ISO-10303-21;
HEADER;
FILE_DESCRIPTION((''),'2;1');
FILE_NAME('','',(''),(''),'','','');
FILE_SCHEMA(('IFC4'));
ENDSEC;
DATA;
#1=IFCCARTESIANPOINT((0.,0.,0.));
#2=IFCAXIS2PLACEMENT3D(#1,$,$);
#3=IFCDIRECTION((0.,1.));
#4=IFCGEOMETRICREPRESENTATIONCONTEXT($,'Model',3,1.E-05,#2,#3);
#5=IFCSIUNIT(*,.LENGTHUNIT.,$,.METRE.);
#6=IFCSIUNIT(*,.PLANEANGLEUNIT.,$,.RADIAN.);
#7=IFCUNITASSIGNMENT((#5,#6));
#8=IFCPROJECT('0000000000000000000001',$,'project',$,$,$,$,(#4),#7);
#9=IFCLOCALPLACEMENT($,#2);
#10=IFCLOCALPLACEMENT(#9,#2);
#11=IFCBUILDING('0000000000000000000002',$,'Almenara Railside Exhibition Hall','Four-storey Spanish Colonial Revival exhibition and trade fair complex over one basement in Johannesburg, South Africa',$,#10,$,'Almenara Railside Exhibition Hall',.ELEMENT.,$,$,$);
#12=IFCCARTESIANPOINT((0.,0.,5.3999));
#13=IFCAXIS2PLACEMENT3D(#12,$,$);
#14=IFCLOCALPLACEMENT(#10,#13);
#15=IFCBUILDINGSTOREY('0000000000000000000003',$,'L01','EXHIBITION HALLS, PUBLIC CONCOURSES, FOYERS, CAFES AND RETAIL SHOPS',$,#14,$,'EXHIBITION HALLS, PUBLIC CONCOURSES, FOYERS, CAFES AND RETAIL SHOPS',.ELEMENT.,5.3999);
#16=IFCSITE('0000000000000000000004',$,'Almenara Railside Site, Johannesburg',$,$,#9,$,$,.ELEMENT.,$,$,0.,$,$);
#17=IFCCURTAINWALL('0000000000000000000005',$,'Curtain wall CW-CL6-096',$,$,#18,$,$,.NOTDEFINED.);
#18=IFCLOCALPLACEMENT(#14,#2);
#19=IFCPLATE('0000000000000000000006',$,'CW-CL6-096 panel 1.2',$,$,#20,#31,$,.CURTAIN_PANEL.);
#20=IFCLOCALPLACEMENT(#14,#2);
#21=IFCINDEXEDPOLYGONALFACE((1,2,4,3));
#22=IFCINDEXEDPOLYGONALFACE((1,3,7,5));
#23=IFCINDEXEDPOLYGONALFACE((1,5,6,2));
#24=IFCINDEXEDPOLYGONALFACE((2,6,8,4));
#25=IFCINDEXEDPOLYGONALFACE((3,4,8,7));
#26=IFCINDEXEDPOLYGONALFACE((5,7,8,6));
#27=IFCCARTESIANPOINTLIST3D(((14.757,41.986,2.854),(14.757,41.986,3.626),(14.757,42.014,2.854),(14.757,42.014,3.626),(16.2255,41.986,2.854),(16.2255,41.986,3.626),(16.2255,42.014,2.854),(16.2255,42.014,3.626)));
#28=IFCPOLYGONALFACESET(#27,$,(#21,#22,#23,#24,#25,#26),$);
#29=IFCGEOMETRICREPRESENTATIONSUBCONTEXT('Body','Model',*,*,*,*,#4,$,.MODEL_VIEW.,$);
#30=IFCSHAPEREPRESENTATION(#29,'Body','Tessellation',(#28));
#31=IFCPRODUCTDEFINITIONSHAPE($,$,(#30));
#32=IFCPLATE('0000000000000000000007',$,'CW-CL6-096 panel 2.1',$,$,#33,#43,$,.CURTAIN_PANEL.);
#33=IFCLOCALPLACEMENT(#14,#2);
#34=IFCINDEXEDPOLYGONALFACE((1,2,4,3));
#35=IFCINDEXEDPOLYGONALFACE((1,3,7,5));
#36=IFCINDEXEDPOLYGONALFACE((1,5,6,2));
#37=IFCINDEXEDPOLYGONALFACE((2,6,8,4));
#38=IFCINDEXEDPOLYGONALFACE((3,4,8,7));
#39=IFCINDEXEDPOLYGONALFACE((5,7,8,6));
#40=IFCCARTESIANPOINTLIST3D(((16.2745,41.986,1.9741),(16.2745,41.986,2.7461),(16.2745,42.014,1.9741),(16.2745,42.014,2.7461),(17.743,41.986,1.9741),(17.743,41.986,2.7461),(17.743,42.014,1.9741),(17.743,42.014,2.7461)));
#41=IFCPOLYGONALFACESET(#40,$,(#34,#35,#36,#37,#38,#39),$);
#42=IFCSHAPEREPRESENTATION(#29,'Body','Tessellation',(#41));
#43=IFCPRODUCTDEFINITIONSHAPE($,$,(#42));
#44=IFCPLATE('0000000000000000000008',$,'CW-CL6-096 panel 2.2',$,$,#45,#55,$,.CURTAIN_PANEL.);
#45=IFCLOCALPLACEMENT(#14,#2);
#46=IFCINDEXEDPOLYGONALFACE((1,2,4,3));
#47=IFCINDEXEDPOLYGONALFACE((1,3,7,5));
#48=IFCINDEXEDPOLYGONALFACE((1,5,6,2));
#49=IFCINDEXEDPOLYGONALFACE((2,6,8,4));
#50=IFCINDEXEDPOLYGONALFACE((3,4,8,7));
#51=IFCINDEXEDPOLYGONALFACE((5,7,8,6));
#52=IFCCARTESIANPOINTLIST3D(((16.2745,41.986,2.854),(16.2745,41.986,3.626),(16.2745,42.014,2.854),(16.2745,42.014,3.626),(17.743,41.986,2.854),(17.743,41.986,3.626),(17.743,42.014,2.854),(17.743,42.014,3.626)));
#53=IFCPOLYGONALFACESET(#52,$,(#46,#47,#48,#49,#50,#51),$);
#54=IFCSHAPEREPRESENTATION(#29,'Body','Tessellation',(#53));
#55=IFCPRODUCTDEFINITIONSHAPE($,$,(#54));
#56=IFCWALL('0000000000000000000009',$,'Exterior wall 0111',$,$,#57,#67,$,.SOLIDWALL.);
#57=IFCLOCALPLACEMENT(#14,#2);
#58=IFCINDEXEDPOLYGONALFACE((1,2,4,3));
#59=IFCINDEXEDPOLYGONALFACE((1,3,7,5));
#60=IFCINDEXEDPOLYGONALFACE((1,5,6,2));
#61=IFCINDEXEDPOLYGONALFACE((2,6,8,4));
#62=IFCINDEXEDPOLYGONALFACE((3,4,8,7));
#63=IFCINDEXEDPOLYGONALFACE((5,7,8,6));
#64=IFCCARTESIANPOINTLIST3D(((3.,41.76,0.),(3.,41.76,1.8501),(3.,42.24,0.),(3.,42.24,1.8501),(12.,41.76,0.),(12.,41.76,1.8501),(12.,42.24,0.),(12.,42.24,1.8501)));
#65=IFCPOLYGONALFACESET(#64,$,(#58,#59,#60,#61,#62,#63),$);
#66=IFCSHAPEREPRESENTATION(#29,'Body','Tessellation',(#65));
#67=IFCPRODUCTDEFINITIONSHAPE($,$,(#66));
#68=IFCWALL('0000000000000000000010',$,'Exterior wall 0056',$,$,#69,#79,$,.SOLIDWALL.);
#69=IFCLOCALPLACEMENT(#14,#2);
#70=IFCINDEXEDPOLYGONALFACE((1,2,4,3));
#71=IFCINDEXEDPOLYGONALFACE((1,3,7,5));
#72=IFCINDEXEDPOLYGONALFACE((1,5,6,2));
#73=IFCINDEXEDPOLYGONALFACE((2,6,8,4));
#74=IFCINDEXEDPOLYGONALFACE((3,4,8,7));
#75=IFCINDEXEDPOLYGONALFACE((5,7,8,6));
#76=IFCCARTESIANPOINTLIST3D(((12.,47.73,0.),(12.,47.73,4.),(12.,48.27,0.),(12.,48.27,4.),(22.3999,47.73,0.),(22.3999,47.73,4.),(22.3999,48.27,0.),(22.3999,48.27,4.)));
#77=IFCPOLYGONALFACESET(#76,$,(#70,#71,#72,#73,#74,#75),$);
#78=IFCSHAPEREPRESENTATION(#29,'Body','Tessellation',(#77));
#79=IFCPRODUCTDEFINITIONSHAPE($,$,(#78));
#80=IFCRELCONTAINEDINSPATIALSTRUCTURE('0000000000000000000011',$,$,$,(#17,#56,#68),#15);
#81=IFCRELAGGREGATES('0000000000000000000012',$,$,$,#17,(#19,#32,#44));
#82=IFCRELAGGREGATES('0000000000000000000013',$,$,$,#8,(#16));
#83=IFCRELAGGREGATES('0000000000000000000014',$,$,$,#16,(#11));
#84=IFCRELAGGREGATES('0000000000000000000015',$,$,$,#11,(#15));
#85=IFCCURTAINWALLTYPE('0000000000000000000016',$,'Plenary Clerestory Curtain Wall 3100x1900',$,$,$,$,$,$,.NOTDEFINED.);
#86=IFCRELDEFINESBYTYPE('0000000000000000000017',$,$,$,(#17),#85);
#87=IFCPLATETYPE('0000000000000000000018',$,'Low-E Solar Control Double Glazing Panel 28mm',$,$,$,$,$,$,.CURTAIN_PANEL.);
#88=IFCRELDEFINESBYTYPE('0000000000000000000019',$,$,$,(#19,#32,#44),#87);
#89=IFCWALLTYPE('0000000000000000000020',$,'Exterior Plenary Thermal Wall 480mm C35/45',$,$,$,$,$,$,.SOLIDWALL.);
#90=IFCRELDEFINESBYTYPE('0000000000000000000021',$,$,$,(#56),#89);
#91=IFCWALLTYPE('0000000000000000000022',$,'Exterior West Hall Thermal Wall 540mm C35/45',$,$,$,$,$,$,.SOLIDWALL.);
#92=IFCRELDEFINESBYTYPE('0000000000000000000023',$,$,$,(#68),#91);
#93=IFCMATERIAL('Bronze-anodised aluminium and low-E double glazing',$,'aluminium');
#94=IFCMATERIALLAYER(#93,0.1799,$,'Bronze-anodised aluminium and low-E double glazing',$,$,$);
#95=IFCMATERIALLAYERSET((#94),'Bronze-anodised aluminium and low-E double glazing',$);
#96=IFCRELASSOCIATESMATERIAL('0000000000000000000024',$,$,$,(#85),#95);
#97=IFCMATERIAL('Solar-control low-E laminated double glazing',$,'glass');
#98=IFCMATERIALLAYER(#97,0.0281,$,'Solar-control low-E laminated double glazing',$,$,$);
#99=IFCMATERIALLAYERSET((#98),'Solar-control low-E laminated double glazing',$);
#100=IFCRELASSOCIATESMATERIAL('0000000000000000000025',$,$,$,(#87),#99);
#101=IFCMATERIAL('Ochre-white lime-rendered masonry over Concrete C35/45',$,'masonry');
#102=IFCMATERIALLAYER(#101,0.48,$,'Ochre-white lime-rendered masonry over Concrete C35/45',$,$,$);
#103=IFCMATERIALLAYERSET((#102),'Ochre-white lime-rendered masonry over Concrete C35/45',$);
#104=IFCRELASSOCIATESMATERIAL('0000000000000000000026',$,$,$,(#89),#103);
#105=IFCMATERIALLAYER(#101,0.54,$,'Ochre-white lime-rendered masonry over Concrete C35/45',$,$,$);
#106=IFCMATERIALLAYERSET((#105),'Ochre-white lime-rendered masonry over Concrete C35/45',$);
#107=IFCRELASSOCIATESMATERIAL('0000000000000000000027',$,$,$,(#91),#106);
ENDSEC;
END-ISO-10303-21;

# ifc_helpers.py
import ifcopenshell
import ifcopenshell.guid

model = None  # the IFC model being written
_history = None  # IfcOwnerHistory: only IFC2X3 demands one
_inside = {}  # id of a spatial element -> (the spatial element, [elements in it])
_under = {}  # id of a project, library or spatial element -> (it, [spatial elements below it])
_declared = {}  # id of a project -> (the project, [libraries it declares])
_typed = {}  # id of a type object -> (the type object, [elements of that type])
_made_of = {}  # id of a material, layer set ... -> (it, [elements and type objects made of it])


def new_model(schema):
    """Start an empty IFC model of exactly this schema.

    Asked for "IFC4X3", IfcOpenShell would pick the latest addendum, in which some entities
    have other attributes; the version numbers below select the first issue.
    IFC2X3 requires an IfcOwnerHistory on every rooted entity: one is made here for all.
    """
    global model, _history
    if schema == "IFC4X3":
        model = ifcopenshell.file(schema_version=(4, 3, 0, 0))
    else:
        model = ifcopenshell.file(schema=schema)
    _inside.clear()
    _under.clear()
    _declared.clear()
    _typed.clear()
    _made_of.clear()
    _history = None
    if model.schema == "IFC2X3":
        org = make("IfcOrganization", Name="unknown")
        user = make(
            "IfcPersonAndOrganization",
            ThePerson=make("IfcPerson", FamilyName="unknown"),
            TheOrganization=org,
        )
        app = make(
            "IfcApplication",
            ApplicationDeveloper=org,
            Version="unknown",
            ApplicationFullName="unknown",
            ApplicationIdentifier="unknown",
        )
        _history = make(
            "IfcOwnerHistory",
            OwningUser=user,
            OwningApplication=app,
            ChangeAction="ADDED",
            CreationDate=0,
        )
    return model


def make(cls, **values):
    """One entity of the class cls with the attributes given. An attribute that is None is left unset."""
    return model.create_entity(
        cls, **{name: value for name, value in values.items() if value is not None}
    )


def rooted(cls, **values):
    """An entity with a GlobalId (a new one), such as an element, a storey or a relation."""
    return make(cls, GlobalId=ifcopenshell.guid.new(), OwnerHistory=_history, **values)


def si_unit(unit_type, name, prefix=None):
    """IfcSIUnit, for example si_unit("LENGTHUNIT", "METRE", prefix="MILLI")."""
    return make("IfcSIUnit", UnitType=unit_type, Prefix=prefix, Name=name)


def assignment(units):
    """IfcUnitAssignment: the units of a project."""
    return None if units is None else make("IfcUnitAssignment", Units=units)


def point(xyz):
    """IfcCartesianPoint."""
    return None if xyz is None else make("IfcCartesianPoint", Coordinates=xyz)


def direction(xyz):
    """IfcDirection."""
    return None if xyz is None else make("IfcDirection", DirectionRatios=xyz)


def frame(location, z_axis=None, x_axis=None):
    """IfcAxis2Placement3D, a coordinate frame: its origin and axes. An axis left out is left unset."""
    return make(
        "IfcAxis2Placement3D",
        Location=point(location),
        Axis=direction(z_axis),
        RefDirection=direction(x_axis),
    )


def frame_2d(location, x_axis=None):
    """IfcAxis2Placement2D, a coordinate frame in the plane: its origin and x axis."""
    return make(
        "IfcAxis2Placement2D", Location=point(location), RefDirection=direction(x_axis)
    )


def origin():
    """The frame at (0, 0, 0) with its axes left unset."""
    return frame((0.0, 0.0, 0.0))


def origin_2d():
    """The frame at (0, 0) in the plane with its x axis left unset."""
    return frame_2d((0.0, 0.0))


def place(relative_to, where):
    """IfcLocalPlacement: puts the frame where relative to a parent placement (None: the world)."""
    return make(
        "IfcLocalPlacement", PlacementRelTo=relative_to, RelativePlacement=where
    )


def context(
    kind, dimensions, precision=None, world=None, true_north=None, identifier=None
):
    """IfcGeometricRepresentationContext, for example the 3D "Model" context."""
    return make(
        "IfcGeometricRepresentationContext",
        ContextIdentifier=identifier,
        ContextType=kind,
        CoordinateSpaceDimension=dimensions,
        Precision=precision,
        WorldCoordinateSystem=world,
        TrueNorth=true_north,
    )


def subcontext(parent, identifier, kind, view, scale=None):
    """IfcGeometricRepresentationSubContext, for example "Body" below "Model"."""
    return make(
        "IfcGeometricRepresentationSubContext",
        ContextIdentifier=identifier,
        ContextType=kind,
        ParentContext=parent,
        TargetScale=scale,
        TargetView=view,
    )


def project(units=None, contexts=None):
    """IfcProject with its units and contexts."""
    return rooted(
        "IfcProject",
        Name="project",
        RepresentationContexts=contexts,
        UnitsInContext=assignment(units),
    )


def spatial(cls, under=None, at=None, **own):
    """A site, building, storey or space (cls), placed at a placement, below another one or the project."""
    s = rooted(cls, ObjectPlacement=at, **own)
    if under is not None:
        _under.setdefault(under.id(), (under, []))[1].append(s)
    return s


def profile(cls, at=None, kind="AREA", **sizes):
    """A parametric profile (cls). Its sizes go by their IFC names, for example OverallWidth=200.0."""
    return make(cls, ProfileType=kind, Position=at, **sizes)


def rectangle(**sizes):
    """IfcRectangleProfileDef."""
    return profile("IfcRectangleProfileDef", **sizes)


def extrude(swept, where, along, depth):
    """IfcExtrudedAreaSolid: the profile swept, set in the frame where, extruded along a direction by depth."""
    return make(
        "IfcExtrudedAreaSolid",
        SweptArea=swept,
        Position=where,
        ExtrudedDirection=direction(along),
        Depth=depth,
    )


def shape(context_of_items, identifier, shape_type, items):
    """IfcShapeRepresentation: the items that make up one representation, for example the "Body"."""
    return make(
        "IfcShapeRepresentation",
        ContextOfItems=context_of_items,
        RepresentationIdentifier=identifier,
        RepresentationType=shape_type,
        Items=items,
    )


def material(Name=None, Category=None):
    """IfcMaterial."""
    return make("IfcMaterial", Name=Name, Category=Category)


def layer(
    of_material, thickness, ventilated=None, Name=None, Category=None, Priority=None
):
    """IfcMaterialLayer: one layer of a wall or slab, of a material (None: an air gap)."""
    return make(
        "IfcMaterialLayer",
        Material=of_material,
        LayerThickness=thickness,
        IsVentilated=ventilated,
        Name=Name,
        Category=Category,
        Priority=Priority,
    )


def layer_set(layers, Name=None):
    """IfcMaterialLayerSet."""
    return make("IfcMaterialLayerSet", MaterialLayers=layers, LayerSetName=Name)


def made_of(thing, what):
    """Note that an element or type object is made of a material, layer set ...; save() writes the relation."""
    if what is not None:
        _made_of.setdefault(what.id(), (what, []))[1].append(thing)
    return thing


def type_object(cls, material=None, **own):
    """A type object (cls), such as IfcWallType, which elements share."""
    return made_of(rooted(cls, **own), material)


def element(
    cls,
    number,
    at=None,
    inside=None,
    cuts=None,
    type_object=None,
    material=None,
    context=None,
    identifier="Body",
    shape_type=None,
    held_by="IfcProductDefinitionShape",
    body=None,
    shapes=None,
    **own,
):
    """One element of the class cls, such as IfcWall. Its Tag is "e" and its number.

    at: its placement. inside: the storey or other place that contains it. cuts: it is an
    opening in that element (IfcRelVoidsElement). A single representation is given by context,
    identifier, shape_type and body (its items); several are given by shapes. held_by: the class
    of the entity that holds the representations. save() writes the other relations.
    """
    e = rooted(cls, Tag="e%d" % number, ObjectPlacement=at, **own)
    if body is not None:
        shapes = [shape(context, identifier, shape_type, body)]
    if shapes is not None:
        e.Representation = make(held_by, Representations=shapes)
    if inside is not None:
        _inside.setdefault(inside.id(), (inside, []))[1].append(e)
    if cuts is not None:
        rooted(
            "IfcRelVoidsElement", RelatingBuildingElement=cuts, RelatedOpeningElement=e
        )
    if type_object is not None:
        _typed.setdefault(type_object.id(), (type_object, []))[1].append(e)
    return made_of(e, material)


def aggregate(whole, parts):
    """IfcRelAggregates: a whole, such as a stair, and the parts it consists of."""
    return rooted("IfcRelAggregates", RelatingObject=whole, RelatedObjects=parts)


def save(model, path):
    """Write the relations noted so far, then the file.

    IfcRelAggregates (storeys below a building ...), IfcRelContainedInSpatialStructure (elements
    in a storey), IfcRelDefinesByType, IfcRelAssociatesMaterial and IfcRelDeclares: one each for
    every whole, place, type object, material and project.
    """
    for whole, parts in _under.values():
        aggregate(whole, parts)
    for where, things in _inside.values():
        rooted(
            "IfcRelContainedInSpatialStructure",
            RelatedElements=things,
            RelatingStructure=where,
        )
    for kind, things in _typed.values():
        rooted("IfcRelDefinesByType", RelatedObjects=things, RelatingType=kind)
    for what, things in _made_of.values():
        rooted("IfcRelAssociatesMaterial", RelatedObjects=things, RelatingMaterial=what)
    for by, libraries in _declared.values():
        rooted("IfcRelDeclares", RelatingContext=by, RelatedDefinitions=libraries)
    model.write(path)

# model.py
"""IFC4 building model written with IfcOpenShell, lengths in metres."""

from ifc_helpers import new_model, si_unit, direction, frame, frame_2d, origin, origin_2d, place, context, subcontext, project, spatial, rectangle, extrude, material, layer, layer_set, type_object, element, aggregate, save


model = new_model("IFC4")

# Units and contexts
model_context = context("Model", 3, precision=1e-05, world=origin(), true_north=direction((0.0, 1.0)))
body_context = subcontext(model_context, "Body", "Model", "MODEL_VIEW")
ifc_project = project(units=[si_unit("LENGTHUNIT", "METRE"), si_unit("PLANEANGLEUNIT", "RADIAN")], contexts=[model_context])

# Site, building, storey
site_placement = place(None, origin())
site = spatial("IfcSite", under=ifc_project, at=site_placement, Name="Almenara Railside Site, Johannesburg", CompositionType="ELEMENT", RefElevation=0.0)
building_placement = place(site_placement, origin())
building = spatial("IfcBuilding", under=site, at=building_placement, Name="Almenara Railside Exhibition Hall", Description="Four-storey Spanish Colonial Revival exhibition and trade fair complex over one basement in Johannesburg, South Africa", LongName="Almenara Railside Exhibition Hall", CompositionType="ELEMENT")
storey_placement = place(building_placement, frame((0.0, 0.0, 5.3999)))
storey = spatial("IfcBuildingStorey", under=building, at=storey_placement, Name="L01", Description="EXHIBITION HALLS, PUBLIC CONCOURSES, FOYERS, CAFES AND RETAIL SHOPS", LongName="EXHIBITION HALLS, PUBLIC CONCOURSES, FOYERS, CAFES AND RETAIL SHOPS", CompositionType="ELEMENT", Elevation=5.3999)

# Shared definitions
ifc_material_1 = material(Name="Bronze-anodised aluminium and low-E double glazing", Category="aluminium")

# Curtain wall
ifc_layer_1 = layer(ifc_material_1, 0.1799, Name="Bronze-anodised aluminium and low-E double glazing")
ifc_layer_set_1 = layer_set([ifc_layer_1], Name="Bronze-anodised aluminium and low-E double glazing")
curtain_wall_type_1 = type_object("IfcCurtainWallType", Name="Plenary Clerestory Curtain Wall 3100x1900", PredefinedType="NOTDEFINED", material=ifc_layer_set_1)
curtain_wall_1_placement = place(storey_placement, origin())
curtain_wall_1 = element("IfcCurtainWall", 1, at=curtain_wall_1_placement, inside=storey, type_object=curtain_wall_type_1, Name="Curtain wall CW-CL6-096", PredefinedType="NOTDEFINED")

# Plates
ifc_material_2 = material(Name="Solar-control low-E laminated double glazing", Category="glass")
ifc_layer_2 = layer(ifc_material_2, 0.0281, Name="Solar-control low-E laminated double glazing")
ifc_layer_set_2 = layer_set([ifc_layer_2], Name="Solar-control low-E laminated double glazing")
plate_type_1 = type_object("IfcPlateType", Name="Low-E Solar Control Double Glazing Panel 28mm", PredefinedType="CURTAIN_PANEL", material=ifc_layer_set_2)
plate_1_placement = place(storey_placement, frame((15.4912, 42.0, 2.854), z_axis=(0.0, 0.0, 1.0), x_axis=(1.0, 0.0, 0.0)))
plate_1 = element("IfcPlate", 2, at=plate_1_placement, type_object=plate_type_1, Name="CW-CL6-096 panel 1.2", PredefinedType="CURTAIN_PANEL", context=body_context, shape_type="SweptSolid", body=[
    extrude(rectangle(XDim=1.4685, YDim=0.0281, at=origin_2d()), origin(), (0.0, 0.0, 1.0), 0.772),
])
plate_2_placement = place(storey_placement, frame((17.0088, 42.0, 1.9741), z_axis=(0.0, 0.0, 1.0), x_axis=(1.0, 0.0, 0.0)))
plate_2 = element("IfcPlate", 3, at=plate_2_placement, type_object=plate_type_1, Name="CW-CL6-096 panel 2.1", PredefinedType="CURTAIN_PANEL", context=body_context, shape_type="SweptSolid", body=[
    extrude(rectangle(XDim=1.4685, YDim=0.0281, at=origin_2d()), origin(), (0.0, 0.0, 1.0), 0.772),
])
plate_3_placement = place(storey_placement, frame((17.0088, 42.0, 2.854), z_axis=(0.0, 0.0, 1.0), x_axis=(1.0, 0.0, 0.0)))
plate_3 = element("IfcPlate", 4, at=plate_3_placement, type_object=plate_type_1, Name="CW-CL6-096 panel 2.2", PredefinedType="CURTAIN_PANEL", context=body_context, shape_type="SweptSolid", body=[
    extrude(rectangle(XDim=1.4685, YDim=0.0281, at=origin_2d()), origin(), (0.0, 0.0, 1.0), 0.772),
])
aggregate(curtain_wall_1, [plate_1, plate_2, plate_3])

# Walls
ifc_material_3 = material(Name="Ochre-white lime-rendered masonry over Concrete C35/45", Category="masonry")
ifc_layer_3 = layer(ifc_material_3, 0.48, Name="Ochre-white lime-rendered masonry over Concrete C35/45")
ifc_layer_set_3 = layer_set([ifc_layer_3], Name="Ochre-white lime-rendered masonry over Concrete C35/45")
wall_type_1 = type_object("IfcWallType", Name="Exterior Plenary Thermal Wall 480mm C35/45", PredefinedType="SOLIDWALL", material=ifc_layer_set_3)
wall_1_placement = place(storey_placement, frame((12.0, 42.0, 0.0), z_axis=(0.0, 0.0, 1.0), x_axis=(-1.0, 0.0, 0.0)))
element("IfcWall", 5, at=wall_1_placement, inside=storey, type_object=wall_type_1, Name="Exterior wall 0111", PredefinedType="SOLIDWALL", context=body_context, shape_type="SweptSolid", body=[
    extrude(rectangle(XDim=9.0, YDim=0.48, at=frame_2d((4.5, 0.0))), origin(), (0.0, 0.0, 1.0), 1.8501),
])
ifc_layer_4 = layer(ifc_material_3, 0.54, Name="Ochre-white lime-rendered masonry over Concrete C35/45")
ifc_layer_set_4 = layer_set([ifc_layer_4], Name="Ochre-white lime-rendered masonry over Concrete C35/45")
wall_type_2 = type_object("IfcWallType", Name="Exterior West Hall Thermal Wall 540mm C35/45", PredefinedType="SOLIDWALL", material=ifc_layer_set_4)
wall_2_placement = place(storey_placement, frame((12.0, 48.0, 0.0), z_axis=(0.0, 0.0, 1.0), x_axis=(1.0, 0.0, 0.0)))
element("IfcWall", 6, at=wall_2_placement, inside=storey, type_object=wall_type_2, Name="Exterior wall 0056", PredefinedType="SOLIDWALL", context=body_context, shape_type="SweptSolid", body=[
    extrude(rectangle(XDim=10.3999, YDim=0.54, at=frame_2d((5.2, 0.0))), origin(), (0.0, 0.0, 1.0), 4.0),
])

save(model, "model.ifc")
